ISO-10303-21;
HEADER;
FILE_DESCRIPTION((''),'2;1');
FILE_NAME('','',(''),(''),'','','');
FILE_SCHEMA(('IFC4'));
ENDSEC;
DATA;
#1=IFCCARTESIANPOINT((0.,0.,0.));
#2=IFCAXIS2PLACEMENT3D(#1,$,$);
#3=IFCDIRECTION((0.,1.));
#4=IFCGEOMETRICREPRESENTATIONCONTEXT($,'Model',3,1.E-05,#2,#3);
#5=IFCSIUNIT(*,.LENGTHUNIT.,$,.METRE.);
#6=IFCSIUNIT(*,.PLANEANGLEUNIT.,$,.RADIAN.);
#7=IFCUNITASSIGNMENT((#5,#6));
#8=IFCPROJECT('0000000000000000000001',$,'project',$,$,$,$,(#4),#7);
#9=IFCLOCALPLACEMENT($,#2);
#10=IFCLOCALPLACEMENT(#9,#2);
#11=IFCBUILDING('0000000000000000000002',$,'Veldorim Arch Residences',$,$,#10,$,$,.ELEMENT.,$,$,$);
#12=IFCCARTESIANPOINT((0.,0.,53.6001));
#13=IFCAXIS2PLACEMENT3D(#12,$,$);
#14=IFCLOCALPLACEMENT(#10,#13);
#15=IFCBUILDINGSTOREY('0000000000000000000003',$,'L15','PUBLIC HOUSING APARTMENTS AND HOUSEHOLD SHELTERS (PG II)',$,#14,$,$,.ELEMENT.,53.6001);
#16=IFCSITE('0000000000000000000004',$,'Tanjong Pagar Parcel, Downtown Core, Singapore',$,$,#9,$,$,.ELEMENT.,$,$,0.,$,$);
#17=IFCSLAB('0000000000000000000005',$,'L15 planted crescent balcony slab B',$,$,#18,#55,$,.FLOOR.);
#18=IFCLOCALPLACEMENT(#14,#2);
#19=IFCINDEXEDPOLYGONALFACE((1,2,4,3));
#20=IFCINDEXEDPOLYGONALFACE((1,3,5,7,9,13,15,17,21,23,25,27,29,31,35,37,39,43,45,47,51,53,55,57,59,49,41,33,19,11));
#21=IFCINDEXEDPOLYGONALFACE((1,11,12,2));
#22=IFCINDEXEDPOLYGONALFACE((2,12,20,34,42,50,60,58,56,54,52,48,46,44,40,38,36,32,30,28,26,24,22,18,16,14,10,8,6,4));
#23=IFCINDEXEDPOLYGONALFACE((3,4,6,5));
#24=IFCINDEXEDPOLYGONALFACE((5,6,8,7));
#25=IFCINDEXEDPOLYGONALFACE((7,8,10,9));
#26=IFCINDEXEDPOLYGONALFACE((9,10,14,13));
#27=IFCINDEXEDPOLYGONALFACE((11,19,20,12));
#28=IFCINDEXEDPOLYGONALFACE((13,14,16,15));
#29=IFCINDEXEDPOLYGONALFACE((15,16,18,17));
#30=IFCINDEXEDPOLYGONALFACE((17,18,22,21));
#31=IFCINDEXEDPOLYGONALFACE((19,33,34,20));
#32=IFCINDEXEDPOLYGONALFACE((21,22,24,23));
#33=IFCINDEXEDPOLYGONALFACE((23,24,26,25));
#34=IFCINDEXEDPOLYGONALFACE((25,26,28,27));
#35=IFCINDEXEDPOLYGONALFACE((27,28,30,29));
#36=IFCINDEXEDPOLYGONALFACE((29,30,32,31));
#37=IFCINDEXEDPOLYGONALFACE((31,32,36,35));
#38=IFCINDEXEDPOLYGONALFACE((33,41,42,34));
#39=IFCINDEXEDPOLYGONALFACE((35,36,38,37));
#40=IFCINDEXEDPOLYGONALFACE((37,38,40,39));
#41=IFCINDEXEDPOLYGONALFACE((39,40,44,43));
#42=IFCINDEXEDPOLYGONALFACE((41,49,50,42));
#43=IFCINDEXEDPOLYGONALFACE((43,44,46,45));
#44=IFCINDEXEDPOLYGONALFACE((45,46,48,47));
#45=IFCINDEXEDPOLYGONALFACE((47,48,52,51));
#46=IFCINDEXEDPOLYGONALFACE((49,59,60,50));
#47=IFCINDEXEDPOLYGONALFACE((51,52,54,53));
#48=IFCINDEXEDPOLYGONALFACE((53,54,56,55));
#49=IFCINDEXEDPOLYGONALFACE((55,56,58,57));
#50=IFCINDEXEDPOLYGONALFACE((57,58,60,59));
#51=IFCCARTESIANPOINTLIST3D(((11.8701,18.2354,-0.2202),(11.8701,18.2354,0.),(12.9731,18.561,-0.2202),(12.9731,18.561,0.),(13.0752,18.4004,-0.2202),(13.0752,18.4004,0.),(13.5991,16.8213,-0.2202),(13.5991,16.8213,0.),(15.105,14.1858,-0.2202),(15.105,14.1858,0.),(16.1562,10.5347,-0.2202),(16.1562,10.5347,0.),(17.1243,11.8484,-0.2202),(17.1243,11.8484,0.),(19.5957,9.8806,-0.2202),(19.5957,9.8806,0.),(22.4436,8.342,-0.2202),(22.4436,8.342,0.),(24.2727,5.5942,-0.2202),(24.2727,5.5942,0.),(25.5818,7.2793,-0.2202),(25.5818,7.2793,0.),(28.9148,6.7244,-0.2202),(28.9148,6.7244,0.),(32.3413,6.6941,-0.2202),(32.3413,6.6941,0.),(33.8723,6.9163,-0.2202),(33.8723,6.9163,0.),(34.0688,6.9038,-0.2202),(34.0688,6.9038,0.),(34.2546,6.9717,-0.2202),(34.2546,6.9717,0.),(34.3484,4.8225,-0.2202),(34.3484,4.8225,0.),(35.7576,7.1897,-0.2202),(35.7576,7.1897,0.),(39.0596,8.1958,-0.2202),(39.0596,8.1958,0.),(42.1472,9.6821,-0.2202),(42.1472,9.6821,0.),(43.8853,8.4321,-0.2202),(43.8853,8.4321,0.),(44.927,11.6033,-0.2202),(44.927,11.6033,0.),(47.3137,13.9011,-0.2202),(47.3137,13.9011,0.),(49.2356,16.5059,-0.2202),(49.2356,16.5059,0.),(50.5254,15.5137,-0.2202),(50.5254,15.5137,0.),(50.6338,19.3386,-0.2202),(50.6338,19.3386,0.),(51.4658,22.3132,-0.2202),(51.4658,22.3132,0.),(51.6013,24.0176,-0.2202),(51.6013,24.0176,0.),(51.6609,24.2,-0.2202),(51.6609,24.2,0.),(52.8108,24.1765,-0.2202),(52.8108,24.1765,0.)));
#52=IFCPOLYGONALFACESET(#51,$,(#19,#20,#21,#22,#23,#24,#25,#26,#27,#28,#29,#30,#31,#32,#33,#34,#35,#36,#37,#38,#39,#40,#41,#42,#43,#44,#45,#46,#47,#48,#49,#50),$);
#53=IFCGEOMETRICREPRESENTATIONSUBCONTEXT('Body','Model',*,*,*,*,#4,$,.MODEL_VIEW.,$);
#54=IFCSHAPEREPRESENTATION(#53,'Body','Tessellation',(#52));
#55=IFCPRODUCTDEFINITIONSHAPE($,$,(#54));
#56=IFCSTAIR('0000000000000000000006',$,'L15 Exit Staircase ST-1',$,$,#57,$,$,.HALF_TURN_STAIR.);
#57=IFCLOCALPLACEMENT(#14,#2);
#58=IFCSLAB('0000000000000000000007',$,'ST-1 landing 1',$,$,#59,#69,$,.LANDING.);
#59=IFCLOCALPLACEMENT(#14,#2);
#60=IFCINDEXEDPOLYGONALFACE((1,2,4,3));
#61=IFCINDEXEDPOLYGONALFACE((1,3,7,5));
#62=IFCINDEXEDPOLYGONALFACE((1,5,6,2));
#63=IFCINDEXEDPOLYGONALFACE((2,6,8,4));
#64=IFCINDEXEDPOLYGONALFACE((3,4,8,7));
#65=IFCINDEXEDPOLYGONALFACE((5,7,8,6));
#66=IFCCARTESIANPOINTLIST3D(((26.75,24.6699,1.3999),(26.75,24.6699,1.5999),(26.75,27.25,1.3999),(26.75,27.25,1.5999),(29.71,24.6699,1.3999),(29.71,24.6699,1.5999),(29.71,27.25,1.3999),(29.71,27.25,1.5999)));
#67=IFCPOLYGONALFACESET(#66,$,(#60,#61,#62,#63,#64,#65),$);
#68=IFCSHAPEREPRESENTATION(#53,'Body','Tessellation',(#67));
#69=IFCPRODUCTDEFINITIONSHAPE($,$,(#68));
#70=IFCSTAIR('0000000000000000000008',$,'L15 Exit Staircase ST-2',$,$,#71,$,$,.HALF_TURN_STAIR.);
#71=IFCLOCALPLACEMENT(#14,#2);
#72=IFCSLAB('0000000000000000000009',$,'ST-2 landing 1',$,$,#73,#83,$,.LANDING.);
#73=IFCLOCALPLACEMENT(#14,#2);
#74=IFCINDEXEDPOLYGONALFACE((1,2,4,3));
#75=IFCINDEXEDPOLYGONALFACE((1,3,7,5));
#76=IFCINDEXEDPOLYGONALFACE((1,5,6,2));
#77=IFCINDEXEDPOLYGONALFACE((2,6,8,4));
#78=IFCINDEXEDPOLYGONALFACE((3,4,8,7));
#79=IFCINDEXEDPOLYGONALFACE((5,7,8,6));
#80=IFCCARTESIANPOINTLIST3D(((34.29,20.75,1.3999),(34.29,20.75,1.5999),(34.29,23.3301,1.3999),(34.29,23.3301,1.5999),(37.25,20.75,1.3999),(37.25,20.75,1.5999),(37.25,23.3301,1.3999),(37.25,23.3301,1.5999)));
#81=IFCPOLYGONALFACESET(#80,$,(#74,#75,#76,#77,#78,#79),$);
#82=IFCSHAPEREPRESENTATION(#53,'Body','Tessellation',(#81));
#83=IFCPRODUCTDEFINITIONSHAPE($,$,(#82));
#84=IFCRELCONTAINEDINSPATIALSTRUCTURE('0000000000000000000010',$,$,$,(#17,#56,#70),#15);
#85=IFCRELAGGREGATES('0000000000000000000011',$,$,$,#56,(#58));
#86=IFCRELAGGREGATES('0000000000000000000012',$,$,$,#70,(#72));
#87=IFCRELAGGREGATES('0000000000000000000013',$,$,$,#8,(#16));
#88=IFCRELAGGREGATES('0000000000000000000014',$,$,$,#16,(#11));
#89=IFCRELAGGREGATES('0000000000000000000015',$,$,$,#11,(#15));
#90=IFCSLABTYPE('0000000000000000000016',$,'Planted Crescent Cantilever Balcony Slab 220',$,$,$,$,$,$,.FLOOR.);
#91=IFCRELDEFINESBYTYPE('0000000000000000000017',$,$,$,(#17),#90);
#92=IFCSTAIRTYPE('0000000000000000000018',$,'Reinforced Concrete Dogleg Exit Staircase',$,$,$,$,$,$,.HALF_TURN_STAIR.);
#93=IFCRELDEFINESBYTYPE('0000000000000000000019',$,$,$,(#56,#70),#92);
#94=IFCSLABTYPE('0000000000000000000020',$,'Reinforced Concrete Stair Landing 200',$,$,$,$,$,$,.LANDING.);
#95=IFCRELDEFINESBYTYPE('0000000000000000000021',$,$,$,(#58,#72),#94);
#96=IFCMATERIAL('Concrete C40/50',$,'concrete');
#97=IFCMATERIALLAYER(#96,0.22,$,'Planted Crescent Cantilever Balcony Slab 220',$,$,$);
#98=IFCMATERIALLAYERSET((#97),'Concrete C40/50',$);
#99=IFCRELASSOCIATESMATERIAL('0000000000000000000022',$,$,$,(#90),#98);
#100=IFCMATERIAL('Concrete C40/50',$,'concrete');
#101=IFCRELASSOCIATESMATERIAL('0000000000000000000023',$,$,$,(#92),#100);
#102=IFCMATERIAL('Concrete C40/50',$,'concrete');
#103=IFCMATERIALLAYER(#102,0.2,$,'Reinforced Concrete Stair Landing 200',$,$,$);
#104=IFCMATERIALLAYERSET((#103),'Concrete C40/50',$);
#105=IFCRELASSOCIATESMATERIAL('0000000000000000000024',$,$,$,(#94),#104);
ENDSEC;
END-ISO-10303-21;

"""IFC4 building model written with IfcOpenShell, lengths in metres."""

from ifc_helpers import new_model, si_unit, direction, frame, origin, place, context, subcontext, project, spatial, polyline, outline, extrude, material, layer, layer_set, type_object, element, aggregate, save


model = new_model("IFC4")

# Units and contexts
model_context = context("Model", 3, precision=1e-05, world=origin(), true_north=direction((0.0, 1.0)))
body_context = subcontext(model_context, "Body", "Model", "MODEL_VIEW")
ifc_project = project(units=[si_unit("LENGTHUNIT", "METRE"), si_unit("PLANEANGLEUNIT", "RADIAN")], contexts=[model_context])

# Site, building, storey
site_placement = place(None, origin())
site = spatial("IfcSite", under=ifc_project, at=site_placement, Name="Tanjong Pagar Parcel, Downtown Core, Singapore", CompositionType="ELEMENT", RefElevation=0.0)
building_placement = place(site_placement, origin())
building = spatial("IfcBuilding", under=site, at=building_placement, Name="Veldorim Arch Residences", CompositionType="ELEMENT")
storey_placement = place(building_placement, frame((0.0, 0.0, 53.6001)))
storey = spatial("IfcBuildingStorey", under=building, at=storey_placement, Name="L15", Description="PUBLIC HOUSING APARTMENTS AND HOUSEHOLD SHELTERS (PG II)", CompositionType="ELEMENT", Elevation=53.6001)

# Slab
ifc_material_1 = material(Name="Concrete C40/50", Category="concrete")
ifc_layer_1 = layer(ifc_material_1, 0.22, Name="Planted Crescent Cantilever Balcony Slab 220")
ifc_layer_set_1 = layer_set([ifc_layer_1], Name="Concrete C40/50")
slab_type_1 = type_object("IfcSlabType", Name="Planted Crescent Cantilever Balcony Slab 220", PredefinedType="FLOOR", material=ifc_layer_set_1)
slab_1_placement = place(storey_placement, frame((0.0, 0.0, -0.2202)))
element("IfcSlab", 1, at=slab_1_placement, inside=storey, type_object=slab_type_1, Name="L15 planted crescent balcony slab B", PredefinedType="FLOOR", context=body_context, shape_type="SweptSolid", body=[
    extrude(outline(polyline([(13.0752, 18.4004), (13.5991, 16.8213), (15.105, 14.1858), (17.1243, 11.8484), (19.5957, 9.8806), (22.4436, 8.342), (25.5818, 7.2793), (28.9148, 6.7244), (32.3413, 6.6941), (33.8723, 6.9163), (34.0688, 6.9038), (34.2546, 6.9717), (35.7576, 7.1897), (39.0596, 8.1958), (42.1472, 9.6821), (44.927, 11.6033), (47.3137, 13.9011), (49.2356, 16.5059), (50.6338, 19.3386), (51.4658, 22.3132), (51.6013, 24.0176), (51.6609, 24.2), (52.8108, 24.1765), (50.5254, 15.5137), (43.8853, 8.4321), (34.3484, 4.8225), (24.2727, 5.5942), (16.1562, 10.5347), (11.8701, 18.2354), (12.9731, 18.561), (13.0752, 18.4004)])), origin(), (0.0, 0.0, 1.0), 0.2202),
])

# Stairs, slabs
ifc_material_2 = material(Name="Concrete C40/50", Category="concrete")
stair_type = type_object("IfcStairType", Name="Reinforced Concrete Dogleg Exit Staircase", PredefinedType="HALF_TURN_STAIR", material=ifc_material_2)
stair_1_placement = place(storey_placement, origin())
stair_1 = element("IfcStair", 2, at=stair_1_placement, inside=storey, type_object=stair_type, Name="L15 Exit Staircase ST-1", PredefinedType="HALF_TURN_STAIR")
ifc_material_3 = material(Name="Concrete C40/50", Category="concrete")
ifc_layer_2 = layer(ifc_material_3, 0.2, Name="Reinforced Concrete Stair Landing 200")
ifc_layer_set_2 = layer_set([ifc_layer_2], Name="Concrete C40/50")
slab_type_2 = type_object("IfcSlabType", Name="Reinforced Concrete Stair Landing 200", PredefinedType="LANDING", material=ifc_layer_set_2)
slab_2_placement = place(storey_placement, frame((0.0, 0.0, 1.3999)))
slab_2 = element("IfcSlab", 3, at=slab_2_placement, type_object=slab_type_2, Name="ST-1 landing 1", PredefinedType="LANDING", context=body_context, shape_type="SweptSolid", body=[
    extrude(outline(polyline([(29.71, 24.6699), (29.71, 27.25), (26.75, 27.25), (26.75, 24.6699), (29.71, 24.6699)])), origin(), (0.0, 0.0, 1.0), 0.2),
])
aggregate(stair_1, [slab_2])
stair_2_placement = place(storey_placement, origin())
stair_2 = element("IfcStair", 4, at=stair_2_placement, inside=storey, type_object=stair_type, Name="L15 Exit Staircase ST-2", PredefinedType="HALF_TURN_STAIR")
slab_3_placement = place(storey_placement, frame((0.0, 0.0, 1.3999)))
slab_3 = element("IfcSlab", 5, at=slab_3_placement, type_object=slab_type_2, Name="ST-2 landing 1", PredefinedType="LANDING", context=body_context, shape_type="SweptSolid", body=[
    extrude(outline(polyline([(34.29, 23.3301), (34.29, 20.75), (37.25, 20.75), (37.25, 23.3301), (34.29, 23.3301)])), origin(), (0.0, 0.0, 1.0), 0.2),
])
aggregate(stair_2, [slab_3])

save(model, "model.ifc")
